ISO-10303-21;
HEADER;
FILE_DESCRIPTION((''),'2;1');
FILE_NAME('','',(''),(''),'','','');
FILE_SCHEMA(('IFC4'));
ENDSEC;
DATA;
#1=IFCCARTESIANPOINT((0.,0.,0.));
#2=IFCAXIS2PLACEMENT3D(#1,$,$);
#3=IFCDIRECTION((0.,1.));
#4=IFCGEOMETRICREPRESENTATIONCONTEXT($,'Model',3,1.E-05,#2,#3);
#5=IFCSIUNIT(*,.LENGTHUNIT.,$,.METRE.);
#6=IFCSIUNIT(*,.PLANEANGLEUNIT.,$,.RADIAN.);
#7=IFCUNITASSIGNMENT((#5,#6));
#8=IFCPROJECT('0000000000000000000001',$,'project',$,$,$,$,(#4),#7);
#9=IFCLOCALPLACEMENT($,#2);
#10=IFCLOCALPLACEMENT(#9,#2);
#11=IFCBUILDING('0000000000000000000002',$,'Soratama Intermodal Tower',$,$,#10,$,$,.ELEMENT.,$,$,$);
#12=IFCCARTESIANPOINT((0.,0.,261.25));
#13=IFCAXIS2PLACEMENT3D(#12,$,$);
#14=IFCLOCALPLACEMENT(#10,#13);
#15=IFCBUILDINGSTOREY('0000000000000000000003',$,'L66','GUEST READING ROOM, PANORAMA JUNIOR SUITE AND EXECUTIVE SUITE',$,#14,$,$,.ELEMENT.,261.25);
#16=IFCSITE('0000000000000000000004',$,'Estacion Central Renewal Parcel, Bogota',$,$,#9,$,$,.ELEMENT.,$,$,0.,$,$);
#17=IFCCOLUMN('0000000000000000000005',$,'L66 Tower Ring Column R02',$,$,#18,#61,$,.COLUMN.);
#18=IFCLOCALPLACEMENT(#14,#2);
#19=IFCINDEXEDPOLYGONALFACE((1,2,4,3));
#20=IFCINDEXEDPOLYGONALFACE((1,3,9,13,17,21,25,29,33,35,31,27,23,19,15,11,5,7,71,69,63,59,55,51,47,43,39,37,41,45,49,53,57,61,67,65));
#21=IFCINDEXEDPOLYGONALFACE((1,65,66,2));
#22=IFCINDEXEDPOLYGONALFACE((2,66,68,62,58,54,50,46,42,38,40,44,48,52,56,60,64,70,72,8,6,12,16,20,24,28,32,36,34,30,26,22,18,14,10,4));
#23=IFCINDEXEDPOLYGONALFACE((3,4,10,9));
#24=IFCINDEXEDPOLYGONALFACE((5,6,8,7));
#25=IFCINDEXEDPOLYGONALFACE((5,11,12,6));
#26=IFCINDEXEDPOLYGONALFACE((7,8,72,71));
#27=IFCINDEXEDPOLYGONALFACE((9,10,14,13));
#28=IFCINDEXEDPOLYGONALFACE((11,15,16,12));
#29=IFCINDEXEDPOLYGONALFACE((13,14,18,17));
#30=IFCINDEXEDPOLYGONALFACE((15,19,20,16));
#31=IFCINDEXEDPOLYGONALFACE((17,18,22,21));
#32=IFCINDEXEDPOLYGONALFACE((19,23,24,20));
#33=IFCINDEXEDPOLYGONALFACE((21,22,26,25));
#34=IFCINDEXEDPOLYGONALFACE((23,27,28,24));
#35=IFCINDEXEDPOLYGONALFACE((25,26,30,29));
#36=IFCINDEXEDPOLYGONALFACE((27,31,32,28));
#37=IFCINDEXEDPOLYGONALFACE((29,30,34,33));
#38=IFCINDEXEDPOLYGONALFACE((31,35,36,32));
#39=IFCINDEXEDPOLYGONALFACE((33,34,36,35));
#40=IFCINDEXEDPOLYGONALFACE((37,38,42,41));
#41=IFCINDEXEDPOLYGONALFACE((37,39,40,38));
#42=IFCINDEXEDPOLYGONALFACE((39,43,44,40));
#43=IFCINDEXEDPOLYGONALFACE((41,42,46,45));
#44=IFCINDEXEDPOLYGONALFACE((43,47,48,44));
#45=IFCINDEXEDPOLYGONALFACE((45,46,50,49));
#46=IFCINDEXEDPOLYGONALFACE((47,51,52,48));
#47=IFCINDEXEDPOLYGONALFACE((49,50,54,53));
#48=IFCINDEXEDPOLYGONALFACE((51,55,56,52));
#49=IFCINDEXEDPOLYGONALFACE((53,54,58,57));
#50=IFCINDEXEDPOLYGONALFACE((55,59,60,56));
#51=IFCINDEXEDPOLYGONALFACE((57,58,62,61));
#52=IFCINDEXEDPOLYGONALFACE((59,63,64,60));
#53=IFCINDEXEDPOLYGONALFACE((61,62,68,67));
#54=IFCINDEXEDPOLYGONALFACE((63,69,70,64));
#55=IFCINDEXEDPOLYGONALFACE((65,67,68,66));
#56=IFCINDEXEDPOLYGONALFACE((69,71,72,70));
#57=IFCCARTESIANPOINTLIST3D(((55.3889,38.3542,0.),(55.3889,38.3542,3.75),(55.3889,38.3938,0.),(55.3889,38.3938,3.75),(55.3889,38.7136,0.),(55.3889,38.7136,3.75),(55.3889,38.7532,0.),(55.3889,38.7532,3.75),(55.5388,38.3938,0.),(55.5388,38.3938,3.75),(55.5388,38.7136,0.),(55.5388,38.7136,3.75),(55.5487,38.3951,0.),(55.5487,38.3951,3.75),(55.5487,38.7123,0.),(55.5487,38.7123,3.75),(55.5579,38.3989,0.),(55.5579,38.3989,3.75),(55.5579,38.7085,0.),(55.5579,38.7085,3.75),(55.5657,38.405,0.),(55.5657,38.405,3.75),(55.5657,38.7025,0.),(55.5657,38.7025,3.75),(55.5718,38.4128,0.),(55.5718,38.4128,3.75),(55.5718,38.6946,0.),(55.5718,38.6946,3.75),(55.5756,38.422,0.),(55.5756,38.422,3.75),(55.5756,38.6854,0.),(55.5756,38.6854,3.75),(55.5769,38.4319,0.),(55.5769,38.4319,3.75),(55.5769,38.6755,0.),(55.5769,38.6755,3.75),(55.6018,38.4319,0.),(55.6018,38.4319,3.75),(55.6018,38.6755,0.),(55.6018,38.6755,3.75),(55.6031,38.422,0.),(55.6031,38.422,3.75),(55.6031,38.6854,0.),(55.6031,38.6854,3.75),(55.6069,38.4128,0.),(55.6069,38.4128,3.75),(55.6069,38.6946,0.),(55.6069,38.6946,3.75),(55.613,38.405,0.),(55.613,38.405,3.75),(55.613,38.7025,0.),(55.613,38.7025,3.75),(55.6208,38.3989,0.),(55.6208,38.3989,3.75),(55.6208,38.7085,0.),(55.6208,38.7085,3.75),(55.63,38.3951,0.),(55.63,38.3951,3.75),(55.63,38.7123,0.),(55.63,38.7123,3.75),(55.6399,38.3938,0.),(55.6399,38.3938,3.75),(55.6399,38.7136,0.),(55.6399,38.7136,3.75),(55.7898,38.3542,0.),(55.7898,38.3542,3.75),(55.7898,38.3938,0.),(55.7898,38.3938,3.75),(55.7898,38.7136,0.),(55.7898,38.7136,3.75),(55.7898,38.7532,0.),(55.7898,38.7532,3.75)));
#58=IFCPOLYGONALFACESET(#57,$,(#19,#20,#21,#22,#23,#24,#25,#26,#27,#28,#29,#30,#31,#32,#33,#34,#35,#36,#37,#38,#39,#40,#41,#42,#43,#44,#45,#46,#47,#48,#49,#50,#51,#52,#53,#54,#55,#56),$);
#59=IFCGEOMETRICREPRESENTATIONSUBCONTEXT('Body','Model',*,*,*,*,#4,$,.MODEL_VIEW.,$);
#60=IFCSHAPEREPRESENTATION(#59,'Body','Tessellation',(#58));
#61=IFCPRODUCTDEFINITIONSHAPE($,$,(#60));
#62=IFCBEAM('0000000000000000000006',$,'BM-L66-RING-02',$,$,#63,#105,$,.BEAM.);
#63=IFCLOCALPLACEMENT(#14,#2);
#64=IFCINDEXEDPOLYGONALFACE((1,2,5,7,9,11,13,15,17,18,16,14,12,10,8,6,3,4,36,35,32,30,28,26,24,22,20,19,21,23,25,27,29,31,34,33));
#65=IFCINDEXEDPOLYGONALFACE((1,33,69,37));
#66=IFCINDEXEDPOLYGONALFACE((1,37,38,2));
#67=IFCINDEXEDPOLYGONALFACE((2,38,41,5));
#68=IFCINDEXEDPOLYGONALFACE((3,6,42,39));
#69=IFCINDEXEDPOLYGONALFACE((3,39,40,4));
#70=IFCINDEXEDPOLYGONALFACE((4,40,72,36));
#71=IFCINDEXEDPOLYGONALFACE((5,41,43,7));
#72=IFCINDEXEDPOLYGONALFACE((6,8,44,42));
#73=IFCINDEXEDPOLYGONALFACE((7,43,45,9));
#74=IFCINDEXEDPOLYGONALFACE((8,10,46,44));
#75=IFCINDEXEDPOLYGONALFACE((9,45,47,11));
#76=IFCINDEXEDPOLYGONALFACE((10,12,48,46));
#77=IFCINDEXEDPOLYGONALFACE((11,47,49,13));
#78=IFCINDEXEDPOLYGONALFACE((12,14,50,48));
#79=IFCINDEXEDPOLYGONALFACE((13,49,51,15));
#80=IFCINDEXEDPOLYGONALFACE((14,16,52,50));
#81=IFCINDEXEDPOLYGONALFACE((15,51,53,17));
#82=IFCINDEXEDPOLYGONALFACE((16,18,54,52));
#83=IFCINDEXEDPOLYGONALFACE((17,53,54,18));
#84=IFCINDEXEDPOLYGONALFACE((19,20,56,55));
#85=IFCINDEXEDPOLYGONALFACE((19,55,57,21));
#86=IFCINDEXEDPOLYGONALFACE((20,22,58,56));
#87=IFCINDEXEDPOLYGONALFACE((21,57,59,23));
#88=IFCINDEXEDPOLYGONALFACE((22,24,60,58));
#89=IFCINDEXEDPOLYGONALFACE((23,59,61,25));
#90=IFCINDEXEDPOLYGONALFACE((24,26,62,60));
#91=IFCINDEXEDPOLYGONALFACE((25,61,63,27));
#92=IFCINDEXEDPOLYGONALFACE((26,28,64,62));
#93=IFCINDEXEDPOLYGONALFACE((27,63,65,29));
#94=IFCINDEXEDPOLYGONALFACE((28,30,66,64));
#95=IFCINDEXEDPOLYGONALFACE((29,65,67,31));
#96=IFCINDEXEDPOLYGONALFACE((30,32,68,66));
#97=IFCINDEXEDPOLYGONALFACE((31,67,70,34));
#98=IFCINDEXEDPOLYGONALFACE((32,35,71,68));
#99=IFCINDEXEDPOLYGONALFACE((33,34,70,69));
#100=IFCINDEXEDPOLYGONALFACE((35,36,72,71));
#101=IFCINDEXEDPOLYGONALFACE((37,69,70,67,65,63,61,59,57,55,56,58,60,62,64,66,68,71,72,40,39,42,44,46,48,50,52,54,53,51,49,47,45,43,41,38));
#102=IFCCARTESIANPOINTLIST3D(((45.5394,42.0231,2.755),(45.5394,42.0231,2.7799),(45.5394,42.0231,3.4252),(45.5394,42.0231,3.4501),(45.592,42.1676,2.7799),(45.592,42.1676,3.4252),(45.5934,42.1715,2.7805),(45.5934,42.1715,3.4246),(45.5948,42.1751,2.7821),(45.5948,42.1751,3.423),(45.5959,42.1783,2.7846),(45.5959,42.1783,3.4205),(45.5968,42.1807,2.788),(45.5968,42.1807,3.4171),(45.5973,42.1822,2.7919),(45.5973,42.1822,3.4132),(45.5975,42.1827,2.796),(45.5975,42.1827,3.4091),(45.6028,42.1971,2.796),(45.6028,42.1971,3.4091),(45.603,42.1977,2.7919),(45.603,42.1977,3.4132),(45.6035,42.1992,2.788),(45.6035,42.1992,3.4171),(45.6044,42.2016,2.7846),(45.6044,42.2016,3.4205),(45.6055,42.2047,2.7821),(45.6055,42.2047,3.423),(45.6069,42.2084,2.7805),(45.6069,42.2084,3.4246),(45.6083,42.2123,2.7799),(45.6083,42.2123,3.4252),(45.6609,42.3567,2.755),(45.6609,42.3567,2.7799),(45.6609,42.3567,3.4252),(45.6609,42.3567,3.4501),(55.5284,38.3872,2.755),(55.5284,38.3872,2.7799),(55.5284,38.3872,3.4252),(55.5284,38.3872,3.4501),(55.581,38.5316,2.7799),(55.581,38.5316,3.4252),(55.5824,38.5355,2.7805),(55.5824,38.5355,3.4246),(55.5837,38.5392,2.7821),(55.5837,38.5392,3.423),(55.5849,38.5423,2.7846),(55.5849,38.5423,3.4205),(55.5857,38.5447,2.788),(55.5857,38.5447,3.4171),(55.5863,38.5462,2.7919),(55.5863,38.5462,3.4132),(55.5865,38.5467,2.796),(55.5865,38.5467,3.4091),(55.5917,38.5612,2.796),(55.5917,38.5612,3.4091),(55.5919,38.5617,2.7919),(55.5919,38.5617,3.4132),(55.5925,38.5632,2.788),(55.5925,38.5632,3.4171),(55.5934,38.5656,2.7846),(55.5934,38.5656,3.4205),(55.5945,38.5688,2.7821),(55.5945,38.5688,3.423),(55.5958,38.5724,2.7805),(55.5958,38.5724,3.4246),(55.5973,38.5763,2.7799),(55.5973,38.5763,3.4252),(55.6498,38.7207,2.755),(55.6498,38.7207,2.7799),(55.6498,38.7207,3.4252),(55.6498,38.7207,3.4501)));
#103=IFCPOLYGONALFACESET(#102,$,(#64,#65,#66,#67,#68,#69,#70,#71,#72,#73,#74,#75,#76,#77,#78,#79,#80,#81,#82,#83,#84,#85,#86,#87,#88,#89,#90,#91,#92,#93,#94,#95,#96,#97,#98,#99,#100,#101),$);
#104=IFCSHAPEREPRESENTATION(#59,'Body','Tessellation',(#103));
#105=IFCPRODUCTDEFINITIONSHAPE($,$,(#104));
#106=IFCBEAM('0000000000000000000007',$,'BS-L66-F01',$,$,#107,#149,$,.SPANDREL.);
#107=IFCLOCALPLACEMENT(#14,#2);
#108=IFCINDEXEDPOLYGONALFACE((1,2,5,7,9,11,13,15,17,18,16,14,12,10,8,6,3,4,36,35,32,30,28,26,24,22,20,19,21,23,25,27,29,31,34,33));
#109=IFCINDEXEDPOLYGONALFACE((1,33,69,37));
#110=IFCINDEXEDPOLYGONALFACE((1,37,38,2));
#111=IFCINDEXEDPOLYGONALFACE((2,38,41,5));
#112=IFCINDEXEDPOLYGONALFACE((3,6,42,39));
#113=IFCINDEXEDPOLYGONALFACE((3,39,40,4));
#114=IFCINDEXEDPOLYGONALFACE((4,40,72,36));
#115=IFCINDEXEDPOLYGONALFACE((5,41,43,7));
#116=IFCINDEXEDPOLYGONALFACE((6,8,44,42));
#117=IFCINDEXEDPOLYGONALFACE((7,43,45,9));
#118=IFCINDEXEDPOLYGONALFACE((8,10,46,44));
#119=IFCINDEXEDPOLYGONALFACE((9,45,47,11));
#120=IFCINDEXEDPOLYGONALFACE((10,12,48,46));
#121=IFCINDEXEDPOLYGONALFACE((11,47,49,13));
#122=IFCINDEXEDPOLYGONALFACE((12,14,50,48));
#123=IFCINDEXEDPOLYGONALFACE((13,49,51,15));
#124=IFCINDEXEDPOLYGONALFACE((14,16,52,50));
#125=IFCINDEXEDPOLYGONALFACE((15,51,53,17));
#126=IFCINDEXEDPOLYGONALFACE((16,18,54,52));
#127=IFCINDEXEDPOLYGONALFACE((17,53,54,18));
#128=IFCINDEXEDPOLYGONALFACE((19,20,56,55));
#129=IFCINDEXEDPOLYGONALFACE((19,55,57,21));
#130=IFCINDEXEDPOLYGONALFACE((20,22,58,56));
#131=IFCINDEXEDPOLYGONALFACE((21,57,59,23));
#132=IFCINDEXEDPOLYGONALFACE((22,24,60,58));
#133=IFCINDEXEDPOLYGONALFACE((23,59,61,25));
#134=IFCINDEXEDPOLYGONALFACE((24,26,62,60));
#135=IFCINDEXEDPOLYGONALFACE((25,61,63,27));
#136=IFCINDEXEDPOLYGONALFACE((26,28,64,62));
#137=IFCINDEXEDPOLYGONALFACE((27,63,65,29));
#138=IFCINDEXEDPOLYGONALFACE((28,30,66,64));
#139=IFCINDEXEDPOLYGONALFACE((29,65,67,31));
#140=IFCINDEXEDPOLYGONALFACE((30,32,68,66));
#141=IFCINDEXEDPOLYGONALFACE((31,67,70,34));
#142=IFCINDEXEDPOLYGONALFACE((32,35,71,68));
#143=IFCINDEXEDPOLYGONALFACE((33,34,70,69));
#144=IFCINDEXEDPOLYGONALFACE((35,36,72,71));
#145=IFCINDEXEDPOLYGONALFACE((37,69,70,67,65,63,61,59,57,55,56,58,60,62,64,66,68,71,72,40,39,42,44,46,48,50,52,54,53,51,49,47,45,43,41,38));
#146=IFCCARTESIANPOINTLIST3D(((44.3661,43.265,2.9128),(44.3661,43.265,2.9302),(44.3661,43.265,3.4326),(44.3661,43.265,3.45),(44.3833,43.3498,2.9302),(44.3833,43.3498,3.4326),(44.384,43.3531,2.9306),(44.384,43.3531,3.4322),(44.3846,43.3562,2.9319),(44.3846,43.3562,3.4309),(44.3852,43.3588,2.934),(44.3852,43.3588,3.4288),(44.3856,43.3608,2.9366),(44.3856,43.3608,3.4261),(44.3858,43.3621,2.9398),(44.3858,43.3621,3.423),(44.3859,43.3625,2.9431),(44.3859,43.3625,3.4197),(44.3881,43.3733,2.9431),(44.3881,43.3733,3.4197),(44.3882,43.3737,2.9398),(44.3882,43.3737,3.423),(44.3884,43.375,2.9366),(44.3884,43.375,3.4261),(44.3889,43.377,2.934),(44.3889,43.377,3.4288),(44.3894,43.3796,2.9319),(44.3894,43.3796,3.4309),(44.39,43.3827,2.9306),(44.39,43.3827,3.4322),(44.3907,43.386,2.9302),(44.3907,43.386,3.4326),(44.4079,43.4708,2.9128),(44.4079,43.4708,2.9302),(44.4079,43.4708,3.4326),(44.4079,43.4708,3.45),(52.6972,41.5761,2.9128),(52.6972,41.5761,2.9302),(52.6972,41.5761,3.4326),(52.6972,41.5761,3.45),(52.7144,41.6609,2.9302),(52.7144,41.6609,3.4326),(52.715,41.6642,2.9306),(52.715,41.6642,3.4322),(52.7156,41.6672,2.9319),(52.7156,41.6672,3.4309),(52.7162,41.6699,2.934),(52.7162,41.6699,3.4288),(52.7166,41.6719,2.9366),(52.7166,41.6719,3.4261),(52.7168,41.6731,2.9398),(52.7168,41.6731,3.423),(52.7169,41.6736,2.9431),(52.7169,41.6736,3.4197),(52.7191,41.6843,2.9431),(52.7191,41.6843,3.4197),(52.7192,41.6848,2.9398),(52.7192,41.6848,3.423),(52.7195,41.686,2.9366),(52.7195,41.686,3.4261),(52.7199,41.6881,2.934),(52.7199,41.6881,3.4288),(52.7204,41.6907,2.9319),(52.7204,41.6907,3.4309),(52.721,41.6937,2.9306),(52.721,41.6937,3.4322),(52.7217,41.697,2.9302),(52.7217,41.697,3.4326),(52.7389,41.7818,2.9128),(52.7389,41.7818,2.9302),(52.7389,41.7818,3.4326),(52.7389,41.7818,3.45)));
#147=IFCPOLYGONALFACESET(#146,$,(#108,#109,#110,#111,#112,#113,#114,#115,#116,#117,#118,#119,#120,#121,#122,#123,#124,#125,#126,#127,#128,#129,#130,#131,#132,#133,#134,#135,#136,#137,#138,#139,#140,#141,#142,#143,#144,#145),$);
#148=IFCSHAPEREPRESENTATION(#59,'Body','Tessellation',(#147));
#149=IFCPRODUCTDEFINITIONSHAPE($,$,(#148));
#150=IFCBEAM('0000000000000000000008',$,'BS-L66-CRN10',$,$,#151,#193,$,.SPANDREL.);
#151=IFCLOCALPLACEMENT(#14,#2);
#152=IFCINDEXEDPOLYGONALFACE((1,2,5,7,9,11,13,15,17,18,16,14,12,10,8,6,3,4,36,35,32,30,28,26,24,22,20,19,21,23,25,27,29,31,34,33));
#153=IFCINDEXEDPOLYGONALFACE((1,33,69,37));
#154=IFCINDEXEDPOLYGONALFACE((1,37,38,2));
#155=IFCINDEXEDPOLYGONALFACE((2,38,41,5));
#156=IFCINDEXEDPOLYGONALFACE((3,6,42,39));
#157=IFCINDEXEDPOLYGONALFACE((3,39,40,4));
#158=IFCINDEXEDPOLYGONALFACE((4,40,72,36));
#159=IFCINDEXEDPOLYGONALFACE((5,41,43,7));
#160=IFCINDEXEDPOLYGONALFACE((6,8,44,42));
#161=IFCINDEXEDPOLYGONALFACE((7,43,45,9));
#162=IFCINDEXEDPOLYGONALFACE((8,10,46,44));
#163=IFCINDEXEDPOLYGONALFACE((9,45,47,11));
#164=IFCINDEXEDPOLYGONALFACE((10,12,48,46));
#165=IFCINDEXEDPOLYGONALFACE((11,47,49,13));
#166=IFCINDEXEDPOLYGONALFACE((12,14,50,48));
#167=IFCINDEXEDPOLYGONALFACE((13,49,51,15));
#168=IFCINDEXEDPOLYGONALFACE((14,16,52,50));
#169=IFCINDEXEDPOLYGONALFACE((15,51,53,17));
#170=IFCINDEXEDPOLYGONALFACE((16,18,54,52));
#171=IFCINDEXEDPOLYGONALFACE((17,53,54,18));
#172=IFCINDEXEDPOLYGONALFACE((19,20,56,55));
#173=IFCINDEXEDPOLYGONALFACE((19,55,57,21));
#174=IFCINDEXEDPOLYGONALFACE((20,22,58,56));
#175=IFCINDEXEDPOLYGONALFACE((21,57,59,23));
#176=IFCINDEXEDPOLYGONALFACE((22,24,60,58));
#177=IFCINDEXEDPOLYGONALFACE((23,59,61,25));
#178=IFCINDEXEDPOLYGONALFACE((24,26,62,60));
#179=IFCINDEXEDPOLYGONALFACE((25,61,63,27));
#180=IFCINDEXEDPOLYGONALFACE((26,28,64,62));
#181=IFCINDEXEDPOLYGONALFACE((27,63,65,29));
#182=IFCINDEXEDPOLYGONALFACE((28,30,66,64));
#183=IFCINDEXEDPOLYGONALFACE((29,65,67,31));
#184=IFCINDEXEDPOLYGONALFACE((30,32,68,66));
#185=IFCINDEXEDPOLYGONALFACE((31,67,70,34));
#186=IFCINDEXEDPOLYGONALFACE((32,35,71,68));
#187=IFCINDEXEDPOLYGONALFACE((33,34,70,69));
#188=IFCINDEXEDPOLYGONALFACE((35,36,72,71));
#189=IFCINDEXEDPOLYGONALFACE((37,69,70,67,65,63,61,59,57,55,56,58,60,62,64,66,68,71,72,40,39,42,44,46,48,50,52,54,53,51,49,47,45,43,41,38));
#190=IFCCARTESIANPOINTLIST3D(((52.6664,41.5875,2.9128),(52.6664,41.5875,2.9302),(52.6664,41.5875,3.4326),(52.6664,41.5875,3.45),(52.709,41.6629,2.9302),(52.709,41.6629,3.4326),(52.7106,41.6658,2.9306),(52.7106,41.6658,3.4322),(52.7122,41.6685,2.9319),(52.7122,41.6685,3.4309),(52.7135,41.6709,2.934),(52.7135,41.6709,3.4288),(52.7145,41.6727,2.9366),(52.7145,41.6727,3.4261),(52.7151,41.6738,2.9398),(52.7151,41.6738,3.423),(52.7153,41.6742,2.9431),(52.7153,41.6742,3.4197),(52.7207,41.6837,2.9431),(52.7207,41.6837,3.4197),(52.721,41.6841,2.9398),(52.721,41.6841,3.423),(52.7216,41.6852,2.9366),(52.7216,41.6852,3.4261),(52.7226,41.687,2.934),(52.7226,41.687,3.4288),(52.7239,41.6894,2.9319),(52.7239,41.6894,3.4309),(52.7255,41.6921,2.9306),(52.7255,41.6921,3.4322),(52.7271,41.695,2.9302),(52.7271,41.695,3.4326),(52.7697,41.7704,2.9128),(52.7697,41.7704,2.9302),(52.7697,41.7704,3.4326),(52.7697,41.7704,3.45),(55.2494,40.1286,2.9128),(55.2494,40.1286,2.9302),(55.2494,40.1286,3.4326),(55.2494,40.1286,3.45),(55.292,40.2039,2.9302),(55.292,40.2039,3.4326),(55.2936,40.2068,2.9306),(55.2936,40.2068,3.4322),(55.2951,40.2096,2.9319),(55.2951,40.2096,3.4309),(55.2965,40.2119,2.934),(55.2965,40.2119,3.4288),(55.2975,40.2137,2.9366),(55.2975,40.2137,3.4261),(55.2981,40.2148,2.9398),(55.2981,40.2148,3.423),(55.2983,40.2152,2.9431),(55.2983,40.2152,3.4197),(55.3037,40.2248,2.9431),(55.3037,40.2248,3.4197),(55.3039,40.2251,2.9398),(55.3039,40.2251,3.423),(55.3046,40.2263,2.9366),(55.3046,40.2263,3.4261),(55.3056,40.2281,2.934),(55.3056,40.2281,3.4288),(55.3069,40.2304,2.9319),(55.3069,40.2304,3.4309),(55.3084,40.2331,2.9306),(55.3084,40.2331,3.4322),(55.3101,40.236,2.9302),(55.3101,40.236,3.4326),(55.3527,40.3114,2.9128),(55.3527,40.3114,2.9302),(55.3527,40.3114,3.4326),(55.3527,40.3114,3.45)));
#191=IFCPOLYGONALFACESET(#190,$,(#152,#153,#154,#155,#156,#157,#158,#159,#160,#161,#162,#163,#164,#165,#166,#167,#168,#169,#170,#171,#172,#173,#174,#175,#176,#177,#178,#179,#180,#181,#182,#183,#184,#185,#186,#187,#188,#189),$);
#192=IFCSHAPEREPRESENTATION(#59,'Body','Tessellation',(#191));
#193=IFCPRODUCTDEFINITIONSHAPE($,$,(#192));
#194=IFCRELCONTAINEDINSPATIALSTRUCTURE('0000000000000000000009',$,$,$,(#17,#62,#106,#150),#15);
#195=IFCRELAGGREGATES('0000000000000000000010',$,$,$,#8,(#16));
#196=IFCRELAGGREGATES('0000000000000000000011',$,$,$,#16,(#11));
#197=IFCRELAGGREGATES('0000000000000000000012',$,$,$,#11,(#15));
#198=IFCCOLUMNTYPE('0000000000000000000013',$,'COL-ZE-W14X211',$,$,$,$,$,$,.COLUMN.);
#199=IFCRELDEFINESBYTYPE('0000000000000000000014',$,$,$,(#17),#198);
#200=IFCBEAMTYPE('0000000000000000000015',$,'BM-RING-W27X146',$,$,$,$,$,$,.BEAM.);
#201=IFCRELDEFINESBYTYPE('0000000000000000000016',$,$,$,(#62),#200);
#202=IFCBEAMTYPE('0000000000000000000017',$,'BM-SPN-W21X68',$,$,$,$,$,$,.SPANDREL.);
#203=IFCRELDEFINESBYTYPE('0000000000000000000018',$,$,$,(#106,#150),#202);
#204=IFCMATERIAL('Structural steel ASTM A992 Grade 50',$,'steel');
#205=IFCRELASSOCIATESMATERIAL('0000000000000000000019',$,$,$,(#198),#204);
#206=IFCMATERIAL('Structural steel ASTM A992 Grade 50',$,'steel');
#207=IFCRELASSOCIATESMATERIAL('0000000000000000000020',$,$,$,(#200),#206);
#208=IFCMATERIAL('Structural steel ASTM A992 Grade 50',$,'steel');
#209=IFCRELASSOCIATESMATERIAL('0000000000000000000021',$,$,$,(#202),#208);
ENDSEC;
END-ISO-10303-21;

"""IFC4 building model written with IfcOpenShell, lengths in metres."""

from ifc_helpers import new_model, si_unit, direction, frame, origin, origin_2d, place, context, subcontext, project, spatial, i_section, extrude, material, material_profile, profile_set, type_object, element, save


model = new_model("IFC4")

# Units and contexts
model_context = context("Model", 3, precision=1e-05, world=origin(), true_north=direction((0.0, 1.0)))
body_context = subcontext(model_context, "Body", "Model", "MODEL_VIEW")
ifc_project = project(units=[si_unit("LENGTHUNIT", "METRE"), si_unit("PLANEANGLEUNIT", "RADIAN")], contexts=[model_context])

# Site, building, storey
site_placement = place(None, origin())
site = spatial("IfcSite", under=ifc_project, at=site_placement, Name="Estacion Central Renewal Parcel, Bogota", CompositionType="ELEMENT", RefElevation=0.0)
building_placement = place(site_placement, origin())
building = spatial("IfcBuilding", under=site, at=building_placement, Name="Soratama Intermodal Tower", CompositionType="ELEMENT")
storey_placement = place(building_placement, frame((0.0, 0.0, 261.25)))
storey = spatial("IfcBuildingStorey", under=building, at=storey_placement, Name="L66", Description="GUEST READING ROOM, PANORAMA JUNIOR SUITE AND EXECUTIVE SUITE", CompositionType="ELEMENT", Elevation=261.25)

# Column
ifc_material_1 = material(Name="Structural steel ASTM A992 Grade 50", Category="steel")
ifc_material_profile_1 = material_profile(ifc_material_1, i_section(OverallWidth=0.4009, OverallDepth=0.3989, WebThickness=0.0249, FlangeThickness=0.0396, FilletRadius=0.0381, at=origin_2d()), Name="W14X211")
ifc_profile_set_1 = profile_set([ifc_material_profile_1], Name="Structural steel ASTM A992 Grade 50")
column_type = type_object("IfcColumnType", Name="COL-ZE-W14X211", PredefinedType="COLUMN", material=ifc_profile_set_1)
column_placement = place(storey_placement, frame((55.5894, 38.5537, 0.0), z_axis=(0.0, 0.0, 1.0), x_axis=(1.0, 0.0, 0.0)))
element("IfcColumn", 1, at=column_placement, inside=storey, type_object=column_type, Name="L66 Tower Ring Column R02", PredefinedType="COLUMN", context=body_context, shape_type="SweptSolid", body=[
    extrude(i_section(OverallWidth=0.4009, OverallDepth=0.3989, WebThickness=0.0249, FlangeThickness=0.0396, FilletRadius=0.0381, at=origin_2d()), origin(), (0.0, 0.0, 1.0), 3.75),
])

# Beams
ifc_material_2 = material(Name="Structural steel ASTM A992 Grade 50", Category="steel")
ifc_material_profile_2 = material_profile(ifc_material_2, i_section(OverallWidth=0.355, OverallDepth=0.6951, WebThickness=0.0154, FlangeThickness=0.0249, FilletRadius=0.0161, at=origin_2d()), Name="W27X146")
ifc_profile_set_2 = profile_set([ifc_material_profile_2], Name="Structural steel ASTM A992 Grade 50")
beam_type_1 = type_object("IfcBeamType", Name="BM-RING-W27X146", PredefinedType="BEAM", material=ifc_profile_set_2)
beam_1_placement = place(storey_placement, frame((55.5891, 38.554, 3.1025), z_axis=(-0.939684, 0.342044, 0.0), x_axis=(-0.342044, -0.939684, 0.0)))
element("IfcBeam", 2, at=beam_1_placement, inside=storey, type_object=beam_type_1, Name="BM-L66-RING-02", PredefinedType="BEAM", context=body_context, shape_type="SweptSolid", body=[
    extrude(i_section(OverallWidth=0.355, OverallDepth=0.6951, WebThickness=0.0154, FlangeThickness=0.0249, FilletRadius=0.0161, at=origin_2d()), origin(), (0.0, 0.0, 1.0), 10.6301),
])
ifc_material_3 = material(Name="Structural steel ASTM A992 Grade 50", Category="steel")
ifc_material_profile_3 = material_profile(ifc_material_3, i_section(OverallWidth=0.21, OverallDepth=0.5371, WebThickness=0.011, FlangeThickness=0.0173, FilletRadius=0.0129, at=origin_2d()), Name="W21X68")
ifc_profile_set_3 = profile_set([ifc_material_profile_3], Name="Structural steel ASTM A992 Grade 50")
beam_type_2 = type_object("IfcBeamType", Name="BM-SPN-W21X68", PredefinedType="SPANDREL", material=ifc_profile_set_3)
beam_2_placement = place(storey_placement, frame((52.718, 41.679, 3.1814), z_axis=(-0.980063, 0.198689, 0.0), x_axis=(-0.198689, -0.980063, 0.0)))
element("IfcBeam", 3, at=beam_2_placement, inside=storey, type_object=beam_type_2, Name="BS-L66-F01", PredefinedType="SPANDREL", context=body_context, shape_type="SweptSolid", body=[
    extrude(i_section(OverallWidth=0.21, OverallDepth=0.5371, WebThickness=0.011, FlangeThickness=0.0173, FilletRadius=0.0129, at=origin_2d()), origin(), (0.0, 0.0, 1.0), 8.5005),
])
beam_3_placement = place(storey_placement, frame((55.301, 40.22, 3.1814), z_axis=(-0.870704, 0.491808, 0.0), x_axis=(-0.491808, -0.870704, 0.0)))
element("IfcBeam", 4, at=beam_3_placement, inside=storey, type_object=beam_type_2, Name="BS-L66-CRN10", PredefinedType="SPANDREL", context=body_context, shape_type="SweptSolid", body=[
    extrude(i_section(OverallWidth=0.21, OverallDepth=0.5371, WebThickness=0.011, FlangeThickness=0.0173, FilletRadius=0.0129, at=origin_2d()), origin(), (0.0, 0.0, 1.0), 2.9666),
])

save(model, "model.ifc")
